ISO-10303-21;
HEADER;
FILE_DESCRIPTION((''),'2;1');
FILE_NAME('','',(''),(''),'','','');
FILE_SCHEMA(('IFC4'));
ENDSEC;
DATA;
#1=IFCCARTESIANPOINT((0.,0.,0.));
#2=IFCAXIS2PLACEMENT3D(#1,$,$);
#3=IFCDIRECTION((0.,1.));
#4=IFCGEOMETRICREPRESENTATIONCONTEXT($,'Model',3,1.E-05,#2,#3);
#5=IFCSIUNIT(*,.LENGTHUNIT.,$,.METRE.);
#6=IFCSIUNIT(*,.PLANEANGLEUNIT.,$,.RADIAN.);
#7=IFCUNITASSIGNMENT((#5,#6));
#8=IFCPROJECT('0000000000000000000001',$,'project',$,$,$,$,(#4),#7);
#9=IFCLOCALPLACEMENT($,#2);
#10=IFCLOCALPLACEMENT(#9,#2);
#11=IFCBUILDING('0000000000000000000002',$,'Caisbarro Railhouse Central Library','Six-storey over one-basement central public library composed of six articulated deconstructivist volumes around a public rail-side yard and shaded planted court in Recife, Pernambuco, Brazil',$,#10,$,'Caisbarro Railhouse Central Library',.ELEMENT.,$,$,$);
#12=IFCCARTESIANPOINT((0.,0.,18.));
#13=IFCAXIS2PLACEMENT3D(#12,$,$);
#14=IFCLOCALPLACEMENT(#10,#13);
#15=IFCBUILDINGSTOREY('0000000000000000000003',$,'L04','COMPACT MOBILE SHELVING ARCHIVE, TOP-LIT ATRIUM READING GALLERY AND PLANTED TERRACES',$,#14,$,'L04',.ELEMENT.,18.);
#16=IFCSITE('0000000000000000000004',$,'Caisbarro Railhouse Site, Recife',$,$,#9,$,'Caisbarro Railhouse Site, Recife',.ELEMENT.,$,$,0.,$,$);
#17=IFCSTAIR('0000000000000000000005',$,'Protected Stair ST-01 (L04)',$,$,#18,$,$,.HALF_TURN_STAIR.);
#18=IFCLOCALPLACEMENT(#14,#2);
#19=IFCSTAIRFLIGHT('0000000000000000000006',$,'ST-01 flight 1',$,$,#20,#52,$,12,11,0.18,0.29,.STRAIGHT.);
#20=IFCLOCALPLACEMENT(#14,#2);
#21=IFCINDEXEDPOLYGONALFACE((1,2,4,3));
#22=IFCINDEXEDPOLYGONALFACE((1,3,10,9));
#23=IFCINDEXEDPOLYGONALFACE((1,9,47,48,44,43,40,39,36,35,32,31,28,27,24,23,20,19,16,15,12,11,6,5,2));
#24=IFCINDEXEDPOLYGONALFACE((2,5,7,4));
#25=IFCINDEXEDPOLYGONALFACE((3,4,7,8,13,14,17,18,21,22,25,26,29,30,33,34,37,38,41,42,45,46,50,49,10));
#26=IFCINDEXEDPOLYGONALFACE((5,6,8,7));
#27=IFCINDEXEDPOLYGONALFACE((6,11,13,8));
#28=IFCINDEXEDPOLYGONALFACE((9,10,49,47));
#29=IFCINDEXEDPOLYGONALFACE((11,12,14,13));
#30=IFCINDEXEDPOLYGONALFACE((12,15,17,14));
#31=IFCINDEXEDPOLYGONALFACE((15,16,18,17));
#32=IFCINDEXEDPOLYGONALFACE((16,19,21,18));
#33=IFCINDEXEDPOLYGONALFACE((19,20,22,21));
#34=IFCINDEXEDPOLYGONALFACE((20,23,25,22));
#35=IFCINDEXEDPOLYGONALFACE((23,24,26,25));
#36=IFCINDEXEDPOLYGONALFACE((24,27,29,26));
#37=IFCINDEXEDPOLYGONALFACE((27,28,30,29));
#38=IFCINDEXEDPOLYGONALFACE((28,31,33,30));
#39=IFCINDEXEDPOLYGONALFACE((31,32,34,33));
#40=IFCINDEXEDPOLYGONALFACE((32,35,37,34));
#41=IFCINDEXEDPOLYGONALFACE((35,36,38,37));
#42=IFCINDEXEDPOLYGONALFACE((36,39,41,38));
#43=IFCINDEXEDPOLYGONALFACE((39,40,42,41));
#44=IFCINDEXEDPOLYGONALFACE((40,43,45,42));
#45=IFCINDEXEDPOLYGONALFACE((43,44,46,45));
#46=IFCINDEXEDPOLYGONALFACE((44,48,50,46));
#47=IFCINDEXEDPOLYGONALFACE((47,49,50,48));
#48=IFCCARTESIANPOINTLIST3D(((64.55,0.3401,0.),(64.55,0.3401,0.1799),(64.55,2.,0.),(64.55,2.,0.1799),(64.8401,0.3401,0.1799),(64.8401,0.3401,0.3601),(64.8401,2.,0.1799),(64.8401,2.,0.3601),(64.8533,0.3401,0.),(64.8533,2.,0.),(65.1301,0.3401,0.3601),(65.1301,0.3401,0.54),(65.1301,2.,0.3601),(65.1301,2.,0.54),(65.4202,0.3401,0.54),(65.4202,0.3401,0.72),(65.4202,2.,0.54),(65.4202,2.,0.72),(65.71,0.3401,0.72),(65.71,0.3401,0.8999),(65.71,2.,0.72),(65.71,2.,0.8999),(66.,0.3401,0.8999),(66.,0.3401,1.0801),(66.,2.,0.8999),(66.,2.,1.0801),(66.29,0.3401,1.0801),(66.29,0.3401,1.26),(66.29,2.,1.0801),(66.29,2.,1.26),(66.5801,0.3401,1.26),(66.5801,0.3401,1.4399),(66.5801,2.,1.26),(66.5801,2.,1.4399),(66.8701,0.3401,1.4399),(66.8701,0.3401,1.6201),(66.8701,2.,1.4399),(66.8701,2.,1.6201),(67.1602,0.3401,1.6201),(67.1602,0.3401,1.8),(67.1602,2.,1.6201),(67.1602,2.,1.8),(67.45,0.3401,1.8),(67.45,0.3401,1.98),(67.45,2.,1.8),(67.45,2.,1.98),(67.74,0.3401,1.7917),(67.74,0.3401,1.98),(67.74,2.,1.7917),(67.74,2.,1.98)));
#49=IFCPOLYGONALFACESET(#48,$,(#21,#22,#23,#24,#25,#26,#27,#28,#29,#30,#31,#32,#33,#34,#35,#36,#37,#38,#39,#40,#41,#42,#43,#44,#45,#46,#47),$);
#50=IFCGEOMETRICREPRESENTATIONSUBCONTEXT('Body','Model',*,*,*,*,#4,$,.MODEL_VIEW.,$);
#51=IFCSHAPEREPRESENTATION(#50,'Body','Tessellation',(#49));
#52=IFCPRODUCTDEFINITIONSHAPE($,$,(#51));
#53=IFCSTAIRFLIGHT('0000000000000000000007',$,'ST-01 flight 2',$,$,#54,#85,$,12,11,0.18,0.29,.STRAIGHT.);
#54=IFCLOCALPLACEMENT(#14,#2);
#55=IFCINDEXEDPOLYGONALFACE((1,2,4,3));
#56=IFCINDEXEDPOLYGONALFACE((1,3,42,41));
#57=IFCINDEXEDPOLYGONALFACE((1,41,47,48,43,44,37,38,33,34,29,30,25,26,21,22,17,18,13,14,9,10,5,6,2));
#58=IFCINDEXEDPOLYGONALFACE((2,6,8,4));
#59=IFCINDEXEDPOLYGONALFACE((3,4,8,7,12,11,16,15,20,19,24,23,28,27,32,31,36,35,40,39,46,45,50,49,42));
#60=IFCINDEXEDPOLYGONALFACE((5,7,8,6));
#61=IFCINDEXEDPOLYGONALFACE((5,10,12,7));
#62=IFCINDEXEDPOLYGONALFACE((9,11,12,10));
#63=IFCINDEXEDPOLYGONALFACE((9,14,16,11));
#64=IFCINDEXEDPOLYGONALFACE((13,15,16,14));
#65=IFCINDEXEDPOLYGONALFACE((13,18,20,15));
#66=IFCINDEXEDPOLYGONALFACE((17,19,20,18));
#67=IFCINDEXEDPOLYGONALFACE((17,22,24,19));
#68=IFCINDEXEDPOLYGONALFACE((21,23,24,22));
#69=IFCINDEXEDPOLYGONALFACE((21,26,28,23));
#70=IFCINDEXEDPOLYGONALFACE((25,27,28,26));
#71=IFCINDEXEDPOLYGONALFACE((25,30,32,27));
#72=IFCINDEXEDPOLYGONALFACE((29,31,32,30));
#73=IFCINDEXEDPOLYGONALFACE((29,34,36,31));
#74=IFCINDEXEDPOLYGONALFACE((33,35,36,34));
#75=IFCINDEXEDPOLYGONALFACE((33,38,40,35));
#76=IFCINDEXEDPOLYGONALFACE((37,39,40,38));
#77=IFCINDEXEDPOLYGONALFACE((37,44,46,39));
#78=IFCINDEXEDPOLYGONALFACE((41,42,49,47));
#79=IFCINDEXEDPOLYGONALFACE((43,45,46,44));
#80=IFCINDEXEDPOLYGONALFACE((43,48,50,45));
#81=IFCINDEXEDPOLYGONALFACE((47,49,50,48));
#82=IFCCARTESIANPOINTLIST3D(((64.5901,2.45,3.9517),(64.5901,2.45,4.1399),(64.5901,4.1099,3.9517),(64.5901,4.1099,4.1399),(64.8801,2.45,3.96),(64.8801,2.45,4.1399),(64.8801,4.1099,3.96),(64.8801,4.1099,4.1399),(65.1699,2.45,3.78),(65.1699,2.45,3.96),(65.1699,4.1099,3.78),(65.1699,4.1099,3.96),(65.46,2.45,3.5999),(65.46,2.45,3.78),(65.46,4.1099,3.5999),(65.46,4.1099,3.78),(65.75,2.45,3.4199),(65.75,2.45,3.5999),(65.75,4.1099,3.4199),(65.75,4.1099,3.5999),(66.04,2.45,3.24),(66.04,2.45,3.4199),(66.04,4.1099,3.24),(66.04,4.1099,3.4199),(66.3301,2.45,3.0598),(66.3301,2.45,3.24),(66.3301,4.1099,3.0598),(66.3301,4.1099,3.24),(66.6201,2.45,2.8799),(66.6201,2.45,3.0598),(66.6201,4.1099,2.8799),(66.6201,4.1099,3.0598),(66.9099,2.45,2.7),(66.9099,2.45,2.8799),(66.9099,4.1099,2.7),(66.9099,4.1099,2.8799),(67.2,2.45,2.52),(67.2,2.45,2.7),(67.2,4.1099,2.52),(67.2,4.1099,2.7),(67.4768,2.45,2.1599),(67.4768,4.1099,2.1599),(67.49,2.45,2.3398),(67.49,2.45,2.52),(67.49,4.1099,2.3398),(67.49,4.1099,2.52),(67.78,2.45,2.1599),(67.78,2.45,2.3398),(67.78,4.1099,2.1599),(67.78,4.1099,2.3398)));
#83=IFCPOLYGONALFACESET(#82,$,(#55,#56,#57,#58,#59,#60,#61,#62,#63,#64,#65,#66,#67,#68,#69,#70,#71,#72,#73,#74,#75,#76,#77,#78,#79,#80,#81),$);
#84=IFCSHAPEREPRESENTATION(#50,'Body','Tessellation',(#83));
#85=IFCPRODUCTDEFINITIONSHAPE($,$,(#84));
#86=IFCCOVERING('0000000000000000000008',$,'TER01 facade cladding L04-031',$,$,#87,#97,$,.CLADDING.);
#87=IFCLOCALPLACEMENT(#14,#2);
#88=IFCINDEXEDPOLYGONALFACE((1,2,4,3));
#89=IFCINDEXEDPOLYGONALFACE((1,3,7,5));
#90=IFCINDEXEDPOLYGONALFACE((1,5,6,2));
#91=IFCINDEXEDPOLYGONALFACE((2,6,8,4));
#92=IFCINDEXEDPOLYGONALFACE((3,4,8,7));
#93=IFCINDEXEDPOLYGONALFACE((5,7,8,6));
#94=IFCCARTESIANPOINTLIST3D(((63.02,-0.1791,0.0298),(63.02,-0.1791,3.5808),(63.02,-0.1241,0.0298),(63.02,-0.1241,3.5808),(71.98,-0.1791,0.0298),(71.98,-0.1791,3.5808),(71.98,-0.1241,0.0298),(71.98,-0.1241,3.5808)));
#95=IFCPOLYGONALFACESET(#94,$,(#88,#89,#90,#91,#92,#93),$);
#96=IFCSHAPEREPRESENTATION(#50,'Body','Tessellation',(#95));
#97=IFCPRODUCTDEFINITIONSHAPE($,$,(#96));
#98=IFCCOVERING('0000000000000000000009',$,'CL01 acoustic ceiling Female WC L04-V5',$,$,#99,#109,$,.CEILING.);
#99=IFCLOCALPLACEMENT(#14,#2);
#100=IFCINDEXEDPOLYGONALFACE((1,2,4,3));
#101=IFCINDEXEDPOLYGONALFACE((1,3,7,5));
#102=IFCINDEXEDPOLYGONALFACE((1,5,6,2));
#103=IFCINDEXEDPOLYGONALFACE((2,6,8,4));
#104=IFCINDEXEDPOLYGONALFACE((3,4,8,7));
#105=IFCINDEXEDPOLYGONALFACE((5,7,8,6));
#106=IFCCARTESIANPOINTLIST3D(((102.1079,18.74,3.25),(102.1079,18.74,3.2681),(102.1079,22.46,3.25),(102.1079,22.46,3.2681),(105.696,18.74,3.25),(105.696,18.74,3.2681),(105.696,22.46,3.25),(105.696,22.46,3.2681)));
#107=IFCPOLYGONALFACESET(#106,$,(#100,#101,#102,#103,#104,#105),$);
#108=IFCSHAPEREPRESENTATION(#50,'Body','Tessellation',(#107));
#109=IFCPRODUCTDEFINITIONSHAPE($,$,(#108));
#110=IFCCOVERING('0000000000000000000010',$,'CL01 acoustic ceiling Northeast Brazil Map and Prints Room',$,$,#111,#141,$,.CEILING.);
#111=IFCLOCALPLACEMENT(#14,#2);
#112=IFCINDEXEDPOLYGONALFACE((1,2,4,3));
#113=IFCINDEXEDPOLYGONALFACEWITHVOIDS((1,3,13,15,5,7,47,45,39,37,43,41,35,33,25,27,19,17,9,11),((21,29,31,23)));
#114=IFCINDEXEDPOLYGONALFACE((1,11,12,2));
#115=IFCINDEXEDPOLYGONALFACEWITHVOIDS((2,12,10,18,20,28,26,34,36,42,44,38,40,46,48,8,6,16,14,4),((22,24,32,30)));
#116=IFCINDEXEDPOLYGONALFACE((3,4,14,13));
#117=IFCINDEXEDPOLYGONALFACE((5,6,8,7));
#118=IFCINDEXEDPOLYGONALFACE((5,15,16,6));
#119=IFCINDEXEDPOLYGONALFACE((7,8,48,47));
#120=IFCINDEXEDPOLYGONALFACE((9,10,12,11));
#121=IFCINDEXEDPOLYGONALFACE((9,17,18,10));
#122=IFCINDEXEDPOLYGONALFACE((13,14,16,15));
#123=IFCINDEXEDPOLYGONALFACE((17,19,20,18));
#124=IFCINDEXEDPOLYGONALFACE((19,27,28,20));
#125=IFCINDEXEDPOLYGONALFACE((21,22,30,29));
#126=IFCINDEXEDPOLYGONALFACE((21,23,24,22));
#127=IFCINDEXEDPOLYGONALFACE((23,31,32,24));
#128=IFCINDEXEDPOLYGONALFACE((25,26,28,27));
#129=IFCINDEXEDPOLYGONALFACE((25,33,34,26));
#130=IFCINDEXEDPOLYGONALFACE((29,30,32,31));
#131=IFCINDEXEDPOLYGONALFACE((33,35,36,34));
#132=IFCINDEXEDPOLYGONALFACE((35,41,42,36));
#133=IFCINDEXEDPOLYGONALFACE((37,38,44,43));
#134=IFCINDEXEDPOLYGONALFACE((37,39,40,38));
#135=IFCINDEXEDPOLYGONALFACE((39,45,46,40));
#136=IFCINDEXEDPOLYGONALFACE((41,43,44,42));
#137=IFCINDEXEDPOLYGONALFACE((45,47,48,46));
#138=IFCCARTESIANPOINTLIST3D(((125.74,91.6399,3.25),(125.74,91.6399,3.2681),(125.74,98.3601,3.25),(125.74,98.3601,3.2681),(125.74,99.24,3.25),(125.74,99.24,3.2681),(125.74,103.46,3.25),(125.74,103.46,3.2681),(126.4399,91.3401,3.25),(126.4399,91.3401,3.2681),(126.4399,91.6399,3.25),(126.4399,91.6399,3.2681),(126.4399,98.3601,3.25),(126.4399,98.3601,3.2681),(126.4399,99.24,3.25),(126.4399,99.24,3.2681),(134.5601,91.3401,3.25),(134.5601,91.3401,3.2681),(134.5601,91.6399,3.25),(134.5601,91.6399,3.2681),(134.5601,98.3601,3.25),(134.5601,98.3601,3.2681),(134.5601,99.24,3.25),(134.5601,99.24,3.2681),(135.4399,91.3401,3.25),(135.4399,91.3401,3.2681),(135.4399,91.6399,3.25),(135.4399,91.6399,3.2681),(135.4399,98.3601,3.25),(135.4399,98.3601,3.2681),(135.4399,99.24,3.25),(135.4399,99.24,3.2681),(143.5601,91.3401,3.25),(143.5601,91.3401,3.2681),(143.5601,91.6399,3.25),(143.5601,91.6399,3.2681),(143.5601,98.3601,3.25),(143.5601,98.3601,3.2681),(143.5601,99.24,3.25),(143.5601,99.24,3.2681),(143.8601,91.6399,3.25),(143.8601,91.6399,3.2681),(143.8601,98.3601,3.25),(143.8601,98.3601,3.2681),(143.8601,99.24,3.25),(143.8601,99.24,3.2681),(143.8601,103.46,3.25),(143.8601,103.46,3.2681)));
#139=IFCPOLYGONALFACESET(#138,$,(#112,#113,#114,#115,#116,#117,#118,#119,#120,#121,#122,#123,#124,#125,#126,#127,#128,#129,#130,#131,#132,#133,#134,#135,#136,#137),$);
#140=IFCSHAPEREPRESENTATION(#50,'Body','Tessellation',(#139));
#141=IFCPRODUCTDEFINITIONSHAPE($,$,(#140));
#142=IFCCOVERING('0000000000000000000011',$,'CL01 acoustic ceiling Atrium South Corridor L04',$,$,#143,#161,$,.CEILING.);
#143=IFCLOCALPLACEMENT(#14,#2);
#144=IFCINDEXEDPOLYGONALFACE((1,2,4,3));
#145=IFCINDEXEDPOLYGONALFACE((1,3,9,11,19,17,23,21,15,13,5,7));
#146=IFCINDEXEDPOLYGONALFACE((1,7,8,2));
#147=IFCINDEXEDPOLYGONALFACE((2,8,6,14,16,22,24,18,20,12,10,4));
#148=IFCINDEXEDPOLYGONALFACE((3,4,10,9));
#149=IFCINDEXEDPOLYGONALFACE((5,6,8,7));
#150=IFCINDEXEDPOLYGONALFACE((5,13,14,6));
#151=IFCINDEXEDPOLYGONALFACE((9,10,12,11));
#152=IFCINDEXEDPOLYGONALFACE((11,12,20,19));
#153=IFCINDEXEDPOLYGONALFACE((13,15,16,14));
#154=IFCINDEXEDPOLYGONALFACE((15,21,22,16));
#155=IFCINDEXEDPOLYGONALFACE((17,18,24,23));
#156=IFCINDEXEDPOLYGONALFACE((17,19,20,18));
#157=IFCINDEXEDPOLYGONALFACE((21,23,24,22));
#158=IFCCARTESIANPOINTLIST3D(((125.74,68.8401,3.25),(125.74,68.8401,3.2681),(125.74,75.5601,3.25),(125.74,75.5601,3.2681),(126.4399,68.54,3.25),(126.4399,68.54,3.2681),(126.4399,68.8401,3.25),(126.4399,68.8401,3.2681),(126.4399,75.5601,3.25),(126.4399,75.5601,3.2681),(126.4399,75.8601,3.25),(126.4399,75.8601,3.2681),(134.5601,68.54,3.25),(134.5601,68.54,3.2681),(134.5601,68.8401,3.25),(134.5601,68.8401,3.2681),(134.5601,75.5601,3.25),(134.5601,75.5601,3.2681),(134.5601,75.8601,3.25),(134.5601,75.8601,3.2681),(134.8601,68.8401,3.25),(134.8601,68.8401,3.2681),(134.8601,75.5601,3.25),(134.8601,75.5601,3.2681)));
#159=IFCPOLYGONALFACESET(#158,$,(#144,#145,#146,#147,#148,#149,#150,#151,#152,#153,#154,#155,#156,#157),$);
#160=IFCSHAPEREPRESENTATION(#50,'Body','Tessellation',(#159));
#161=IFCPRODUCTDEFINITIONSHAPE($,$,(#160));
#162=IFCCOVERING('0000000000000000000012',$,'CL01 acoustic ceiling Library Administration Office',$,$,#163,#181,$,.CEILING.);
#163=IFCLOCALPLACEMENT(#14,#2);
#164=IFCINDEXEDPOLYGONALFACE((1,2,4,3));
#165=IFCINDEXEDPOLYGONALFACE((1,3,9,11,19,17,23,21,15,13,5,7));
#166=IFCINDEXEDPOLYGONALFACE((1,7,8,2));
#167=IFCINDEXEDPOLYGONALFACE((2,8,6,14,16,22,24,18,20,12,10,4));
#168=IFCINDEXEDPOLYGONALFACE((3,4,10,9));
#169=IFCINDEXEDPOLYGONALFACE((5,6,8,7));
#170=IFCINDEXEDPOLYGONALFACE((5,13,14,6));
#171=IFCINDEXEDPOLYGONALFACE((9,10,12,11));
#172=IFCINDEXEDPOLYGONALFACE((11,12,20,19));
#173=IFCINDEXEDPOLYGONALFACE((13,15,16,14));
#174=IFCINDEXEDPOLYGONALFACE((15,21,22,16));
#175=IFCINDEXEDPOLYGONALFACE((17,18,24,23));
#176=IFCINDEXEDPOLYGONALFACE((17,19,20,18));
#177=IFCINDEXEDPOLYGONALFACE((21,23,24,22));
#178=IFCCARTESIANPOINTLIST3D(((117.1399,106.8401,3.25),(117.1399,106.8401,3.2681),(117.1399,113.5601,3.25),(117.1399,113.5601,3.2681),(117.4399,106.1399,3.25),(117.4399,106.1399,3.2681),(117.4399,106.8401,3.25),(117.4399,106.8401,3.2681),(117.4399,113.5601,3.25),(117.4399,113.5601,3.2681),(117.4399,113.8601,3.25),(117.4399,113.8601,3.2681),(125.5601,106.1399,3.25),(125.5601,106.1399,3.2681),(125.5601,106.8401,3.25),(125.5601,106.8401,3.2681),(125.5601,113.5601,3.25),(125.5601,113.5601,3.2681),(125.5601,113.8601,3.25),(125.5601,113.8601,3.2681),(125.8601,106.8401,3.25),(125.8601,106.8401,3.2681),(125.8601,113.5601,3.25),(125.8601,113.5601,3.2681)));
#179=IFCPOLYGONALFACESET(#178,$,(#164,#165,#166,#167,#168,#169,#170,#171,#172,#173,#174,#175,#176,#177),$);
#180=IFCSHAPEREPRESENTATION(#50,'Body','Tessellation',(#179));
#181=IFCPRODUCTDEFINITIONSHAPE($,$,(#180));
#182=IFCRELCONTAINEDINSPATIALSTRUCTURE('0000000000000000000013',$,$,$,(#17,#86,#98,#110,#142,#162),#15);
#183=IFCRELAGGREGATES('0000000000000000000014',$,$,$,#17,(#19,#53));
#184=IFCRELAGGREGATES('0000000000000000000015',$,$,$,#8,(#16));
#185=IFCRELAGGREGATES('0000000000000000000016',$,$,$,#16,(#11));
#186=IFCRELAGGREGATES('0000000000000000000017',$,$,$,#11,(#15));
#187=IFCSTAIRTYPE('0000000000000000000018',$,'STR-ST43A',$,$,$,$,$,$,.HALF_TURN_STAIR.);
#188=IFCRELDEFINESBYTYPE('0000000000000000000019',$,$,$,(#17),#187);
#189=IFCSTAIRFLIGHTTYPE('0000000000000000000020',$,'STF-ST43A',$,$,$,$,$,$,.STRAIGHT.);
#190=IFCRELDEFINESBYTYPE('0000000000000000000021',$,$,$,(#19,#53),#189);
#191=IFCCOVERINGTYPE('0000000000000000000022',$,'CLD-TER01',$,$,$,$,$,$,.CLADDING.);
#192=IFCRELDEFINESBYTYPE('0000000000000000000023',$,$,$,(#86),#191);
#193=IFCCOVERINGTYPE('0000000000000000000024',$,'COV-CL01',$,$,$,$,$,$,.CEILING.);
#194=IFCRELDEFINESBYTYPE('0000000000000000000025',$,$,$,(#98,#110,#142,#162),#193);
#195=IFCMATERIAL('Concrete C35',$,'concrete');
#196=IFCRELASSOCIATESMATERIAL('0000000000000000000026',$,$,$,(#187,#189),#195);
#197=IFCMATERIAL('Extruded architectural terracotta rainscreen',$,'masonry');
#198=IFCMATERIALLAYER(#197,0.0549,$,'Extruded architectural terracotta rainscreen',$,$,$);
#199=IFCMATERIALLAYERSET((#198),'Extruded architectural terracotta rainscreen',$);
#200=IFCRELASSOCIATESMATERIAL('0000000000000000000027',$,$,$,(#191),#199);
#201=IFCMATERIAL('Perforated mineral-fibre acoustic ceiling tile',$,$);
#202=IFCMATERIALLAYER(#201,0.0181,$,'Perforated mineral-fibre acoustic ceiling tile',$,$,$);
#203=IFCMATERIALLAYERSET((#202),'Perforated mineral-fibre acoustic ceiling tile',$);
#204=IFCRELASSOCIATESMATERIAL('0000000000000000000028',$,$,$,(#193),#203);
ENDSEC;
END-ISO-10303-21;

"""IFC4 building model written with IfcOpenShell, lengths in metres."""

from ifc_helpers import new_model, si_unit, direction, frame, origin, origin_2d, place, context, subcontext, project, spatial, polyline, rectangle, outline, extrude, material, layer, layer_set, type_object, element, aggregate, save


model = new_model("IFC4")

# Units and contexts
model_context = context("Model", 3, precision=1e-05, world=origin(), true_north=direction((0.0, 1.0)))
body_context = subcontext(model_context, "Body", "Model", "MODEL_VIEW")
ifc_project = project(units=[si_unit("LENGTHUNIT", "METRE"), si_unit("PLANEANGLEUNIT", "RADIAN")], contexts=[model_context])

# Site, building, storey
site_placement = place(None, origin())
site = spatial("IfcSite", under=ifc_project, at=site_placement, Name="Caisbarro Railhouse Site, Recife", LongName="Caisbarro Railhouse Site, Recife", CompositionType="ELEMENT", RefElevation=0.0)
building_placement = place(site_placement, origin())
building = spatial("IfcBuilding", under=site, at=building_placement, Name="Caisbarro Railhouse Central Library", Description="Six-storey over one-basement central public library composed of six articulated deconstructivist volumes around a public rail-side yard and shaded planted court in Recife, Pernambuco, Brazil", LongName="Caisbarro Railhouse Central Library", CompositionType="ELEMENT")
storey_placement = place(building_placement, frame((0.0, 0.0, 18.0)))
storey = spatial("IfcBuildingStorey", under=building, at=storey_placement, Name="L04", Description="COMPACT MOBILE SHELVING ARCHIVE, TOP-LIT ATRIUM READING GALLERY AND PLANTED TERRACES", LongName="L04", CompositionType="ELEMENT", Elevation=18.0)

# Stair, stair flights
ifc_material_1 = material(Name="Concrete C35", Category="concrete")
stair_type = type_object("IfcStairType", Name="STR-ST43A", PredefinedType="HALF_TURN_STAIR", material=ifc_material_1)
stair_placement = place(storey_placement, origin())
stair = element("IfcStair", 1, at=stair_placement, inside=storey, type_object=stair_type, Name="Protected Stair ST-01 (L04)", PredefinedType="HALF_TURN_STAIR")
stair_flight_type = type_object("IfcStairFlightType", Name="STF-ST43A", PredefinedType="STRAIGHT", material=ifc_material_1)
stair_flight_1_placement = place(storey_placement, frame((64.55, 1.1699, 0.0), z_axis=(0.0, 0.0, 1.0), x_axis=(1.0, 0.0, 0.0)))
stair_flight_1 = element("IfcStairFlight", 2, at=stair_flight_1_placement, type_object=stair_flight_type, Name="ST-01 flight 1", NumberOfRisers=12, NumberOfTreads=11, PredefinedType="STRAIGHT", RiserHeight=0.18, TreadLength=0.29, context=body_context, shape_type="SweptSolid", body=[
    extrude(outline(polyline([(0.0, 0.0), (0.0, 0.1799), (0.29, 0.1799), (0.29, 0.3601), (0.5801, 0.3601), (0.5801, 0.54), (0.8701, 0.54), (0.8701, 0.72), (1.1599, 0.72), (1.1599, 0.8999), (1.45, 0.8999), (1.45, 1.0801), (1.74, 1.0801), (1.74, 1.26), (2.03, 1.26), (2.03, 1.4399), (2.3201, 1.4399), (2.3201, 1.6201), (2.6101, 1.6201), (2.6101, 1.8), (2.8999, 1.8), (2.8999, 1.98), (3.1899, 1.98), (3.1899, 2.1599), (3.1899, 1.7917), (0.3032, 0.0), (0.0, 0.0)])), frame((0.0, 0.8301, 0.0), z_axis=(0.0, -1.0, 0.0), x_axis=(1.0, 0.0, 0.0)), (0.0, 0.0, 1.0), 1.6599),
])
stair_flight_2_placement = place(storey_placement, frame((67.78, 3.28, 2.1599), z_axis=(0.0, 0.0, 1.0), x_axis=(-1.0, 0.0, 0.0)))
stair_flight_2 = element("IfcStairFlight", 3, at=stair_flight_2_placement, type_object=stair_flight_type, Name="ST-01 flight 2", NumberOfRisers=12, NumberOfTreads=11, PredefinedType="STRAIGHT", RiserHeight=0.18, TreadLength=0.29, context=body_context, shape_type="SweptSolid", body=[
    extrude(outline(polyline([(0.0, 0.0), (0.0, 0.1799), (0.29, 0.1799), (0.29, 0.3601), (0.5801, 0.3601), (0.5801, 0.54), (0.8701, 0.54), (0.8701, 0.72), (1.1599, 0.72), (1.1599, 0.8999), (1.45, 0.8999), (1.45, 1.0801), (1.74, 1.0801), (1.74, 1.26), (2.03, 1.26), (2.03, 1.4399), (2.3201, 1.4399), (2.3201, 1.6201), (2.6101, 1.6201), (2.6101, 1.8), (2.8999, 1.8), (2.8999, 1.98), (3.1899, 1.98), (3.1899, 2.1599), (3.1899, 1.7917), (0.3032, 0.0), (0.0, 0.0)])), frame((0.0, 0.8301, 0.0), z_axis=(0.0, -1.0, 0.0), x_axis=(1.0, 0.0, 0.0)), (0.0, 0.0, 1.0), 1.6599),
])
aggregate(stair, [stair_flight_1, stair_flight_2])

# Coverings
ifc_material_2 = material(Name="Extruded architectural terracotta rainscreen", Category="masonry")
ifc_layer_1 = layer(ifc_material_2, 0.0549, Name="Extruded architectural terracotta rainscreen")
ifc_layer_set_1 = layer_set([ifc_layer_1], Name="Extruded architectural terracotta rainscreen")
covering_type_1 = type_object("IfcCoveringType", Name="CLD-TER01", PredefinedType="CLADDING", material=ifc_layer_set_1)
covering_1_placement = place(storey_placement, frame((67.5, -0.1516, 0.0298), z_axis=(0.0, 0.0, 1.0), x_axis=(1.0, 0.0, 0.0)))
element("IfcCovering", 4, at=covering_1_placement, inside=storey, type_object=covering_type_1, Name="TER01 facade cladding L04-031", PredefinedType="CLADDING", context=body_context, shape_type="SweptSolid", body=[
    extrude(rectangle(XDim=8.96, YDim=0.0549, at=origin_2d()), origin(), (0.0, 0.0, 1.0), 3.551),
])
ifc_material_3 = material(Name="Perforated mineral-fibre acoustic ceiling tile")
ifc_layer_2 = layer(ifc_material_3, 0.0181, Name="Perforated mineral-fibre acoustic ceiling tile")
ifc_layer_set_2 = layer_set([ifc_layer_2], Name="Perforated mineral-fibre acoustic ceiling tile")
covering_type_2 = type_object("IfcCoveringType", Name="COV-CL01", PredefinedType="CEILING", material=ifc_layer_set_2)
covering_2_placement = place(storey_placement, frame((0.0, 0.0, 3.25)))
element("IfcCovering", 5, at=covering_2_placement, inside=storey, type_object=covering_type_2, Name="CL01 acoustic ceiling Female WC L04-V5", PredefinedType="CEILING", context=body_context, shape_type="SweptSolid", body=[
    extrude(outline(polyline([(102.1079, 18.74), (102.1079, 22.46), (105.696, 22.46), (105.696, 18.74), (102.1079, 18.74)])), origin(), (0.0, 0.0, 1.0), 0.0181),
])
covering_3_placement = place(storey_placement, frame((0.0, 0.0, 3.25)))
element("IfcCovering", 6, at=covering_3_placement, inside=storey, type_object=covering_type_2, Name="CL01 acoustic ceiling Northeast Brazil Map and Prints Room", PredefinedType="CEILING", context=body_context, shape_type="SweptSolid", body=[
    extrude(outline(polyline([(134.5601, 91.6399), (134.5601, 91.3401), (126.4399, 91.3401), (126.4399, 91.6399), (125.74, 91.6399), (125.74, 98.3601), (126.4399, 98.3601), (126.4399, 99.24), (125.74, 99.24), (125.74, 103.46), (143.8601, 103.46), (143.8601, 99.24), (143.5601, 99.24), (143.5601, 98.3601), (143.8601, 98.3601), (143.8601, 91.6399), (143.5601, 91.6399), (143.5601, 91.3401), (135.4399, 91.3401), (135.4399, 91.6399), (134.5601, 91.6399)]), holes=[polyline([(134.5601, 98.3601), (135.4399, 98.3601), (135.4399, 99.24), (134.5601, 99.24), (134.5601, 98.3601)])]), origin(), (0.0, 0.0, 1.0), 0.0181),
])
covering_4_placement = place(storey_placement, frame((0.0, 0.0, 3.25)))
element("IfcCovering", 7, at=covering_4_placement, inside=storey, type_object=covering_type_2, Name="CL01 acoustic ceiling Atrium South Corridor L04", PredefinedType="CEILING", context=body_context, shape_type="SweptSolid", body=[
    extrude(outline(polyline([(134.5601, 68.8401), (134.5601, 68.54), (126.4399, 68.54), (126.4399, 68.8401), (125.74, 68.8401), (125.74, 75.5601), (126.4399, 75.5601), (126.4399, 75.8601), (134.5601, 75.8601), (134.5601, 75.5601), (134.8601, 75.5601), (134.8601, 68.8401), (134.5601, 68.8401)])), origin(), (0.0, 0.0, 1.0), 0.0181),
])
covering_5_placement = place(storey_placement, frame((0.0, 0.0, 3.25)))
element("IfcCovering", 8, at=covering_5_placement, inside=storey, type_object=covering_type_2, Name="CL01 acoustic ceiling Library Administration Office", PredefinedType="CEILING", context=body_context, shape_type="SweptSolid", body=[
    extrude(outline(polyline([(125.5601, 106.8401), (125.5601, 106.1399), (117.4399, 106.1399), (117.4399, 106.8401), (117.1399, 106.8401), (117.1399, 113.5601), (117.4399, 113.5601), (117.4399, 113.8601), (125.5601, 113.8601), (125.5601, 113.5601), (125.8601, 113.5601), (125.8601, 106.8401), (125.5601, 106.8401)])), origin(), (0.0, 0.0, 1.0), 0.0181),
])

save(model, "model.ifc")
